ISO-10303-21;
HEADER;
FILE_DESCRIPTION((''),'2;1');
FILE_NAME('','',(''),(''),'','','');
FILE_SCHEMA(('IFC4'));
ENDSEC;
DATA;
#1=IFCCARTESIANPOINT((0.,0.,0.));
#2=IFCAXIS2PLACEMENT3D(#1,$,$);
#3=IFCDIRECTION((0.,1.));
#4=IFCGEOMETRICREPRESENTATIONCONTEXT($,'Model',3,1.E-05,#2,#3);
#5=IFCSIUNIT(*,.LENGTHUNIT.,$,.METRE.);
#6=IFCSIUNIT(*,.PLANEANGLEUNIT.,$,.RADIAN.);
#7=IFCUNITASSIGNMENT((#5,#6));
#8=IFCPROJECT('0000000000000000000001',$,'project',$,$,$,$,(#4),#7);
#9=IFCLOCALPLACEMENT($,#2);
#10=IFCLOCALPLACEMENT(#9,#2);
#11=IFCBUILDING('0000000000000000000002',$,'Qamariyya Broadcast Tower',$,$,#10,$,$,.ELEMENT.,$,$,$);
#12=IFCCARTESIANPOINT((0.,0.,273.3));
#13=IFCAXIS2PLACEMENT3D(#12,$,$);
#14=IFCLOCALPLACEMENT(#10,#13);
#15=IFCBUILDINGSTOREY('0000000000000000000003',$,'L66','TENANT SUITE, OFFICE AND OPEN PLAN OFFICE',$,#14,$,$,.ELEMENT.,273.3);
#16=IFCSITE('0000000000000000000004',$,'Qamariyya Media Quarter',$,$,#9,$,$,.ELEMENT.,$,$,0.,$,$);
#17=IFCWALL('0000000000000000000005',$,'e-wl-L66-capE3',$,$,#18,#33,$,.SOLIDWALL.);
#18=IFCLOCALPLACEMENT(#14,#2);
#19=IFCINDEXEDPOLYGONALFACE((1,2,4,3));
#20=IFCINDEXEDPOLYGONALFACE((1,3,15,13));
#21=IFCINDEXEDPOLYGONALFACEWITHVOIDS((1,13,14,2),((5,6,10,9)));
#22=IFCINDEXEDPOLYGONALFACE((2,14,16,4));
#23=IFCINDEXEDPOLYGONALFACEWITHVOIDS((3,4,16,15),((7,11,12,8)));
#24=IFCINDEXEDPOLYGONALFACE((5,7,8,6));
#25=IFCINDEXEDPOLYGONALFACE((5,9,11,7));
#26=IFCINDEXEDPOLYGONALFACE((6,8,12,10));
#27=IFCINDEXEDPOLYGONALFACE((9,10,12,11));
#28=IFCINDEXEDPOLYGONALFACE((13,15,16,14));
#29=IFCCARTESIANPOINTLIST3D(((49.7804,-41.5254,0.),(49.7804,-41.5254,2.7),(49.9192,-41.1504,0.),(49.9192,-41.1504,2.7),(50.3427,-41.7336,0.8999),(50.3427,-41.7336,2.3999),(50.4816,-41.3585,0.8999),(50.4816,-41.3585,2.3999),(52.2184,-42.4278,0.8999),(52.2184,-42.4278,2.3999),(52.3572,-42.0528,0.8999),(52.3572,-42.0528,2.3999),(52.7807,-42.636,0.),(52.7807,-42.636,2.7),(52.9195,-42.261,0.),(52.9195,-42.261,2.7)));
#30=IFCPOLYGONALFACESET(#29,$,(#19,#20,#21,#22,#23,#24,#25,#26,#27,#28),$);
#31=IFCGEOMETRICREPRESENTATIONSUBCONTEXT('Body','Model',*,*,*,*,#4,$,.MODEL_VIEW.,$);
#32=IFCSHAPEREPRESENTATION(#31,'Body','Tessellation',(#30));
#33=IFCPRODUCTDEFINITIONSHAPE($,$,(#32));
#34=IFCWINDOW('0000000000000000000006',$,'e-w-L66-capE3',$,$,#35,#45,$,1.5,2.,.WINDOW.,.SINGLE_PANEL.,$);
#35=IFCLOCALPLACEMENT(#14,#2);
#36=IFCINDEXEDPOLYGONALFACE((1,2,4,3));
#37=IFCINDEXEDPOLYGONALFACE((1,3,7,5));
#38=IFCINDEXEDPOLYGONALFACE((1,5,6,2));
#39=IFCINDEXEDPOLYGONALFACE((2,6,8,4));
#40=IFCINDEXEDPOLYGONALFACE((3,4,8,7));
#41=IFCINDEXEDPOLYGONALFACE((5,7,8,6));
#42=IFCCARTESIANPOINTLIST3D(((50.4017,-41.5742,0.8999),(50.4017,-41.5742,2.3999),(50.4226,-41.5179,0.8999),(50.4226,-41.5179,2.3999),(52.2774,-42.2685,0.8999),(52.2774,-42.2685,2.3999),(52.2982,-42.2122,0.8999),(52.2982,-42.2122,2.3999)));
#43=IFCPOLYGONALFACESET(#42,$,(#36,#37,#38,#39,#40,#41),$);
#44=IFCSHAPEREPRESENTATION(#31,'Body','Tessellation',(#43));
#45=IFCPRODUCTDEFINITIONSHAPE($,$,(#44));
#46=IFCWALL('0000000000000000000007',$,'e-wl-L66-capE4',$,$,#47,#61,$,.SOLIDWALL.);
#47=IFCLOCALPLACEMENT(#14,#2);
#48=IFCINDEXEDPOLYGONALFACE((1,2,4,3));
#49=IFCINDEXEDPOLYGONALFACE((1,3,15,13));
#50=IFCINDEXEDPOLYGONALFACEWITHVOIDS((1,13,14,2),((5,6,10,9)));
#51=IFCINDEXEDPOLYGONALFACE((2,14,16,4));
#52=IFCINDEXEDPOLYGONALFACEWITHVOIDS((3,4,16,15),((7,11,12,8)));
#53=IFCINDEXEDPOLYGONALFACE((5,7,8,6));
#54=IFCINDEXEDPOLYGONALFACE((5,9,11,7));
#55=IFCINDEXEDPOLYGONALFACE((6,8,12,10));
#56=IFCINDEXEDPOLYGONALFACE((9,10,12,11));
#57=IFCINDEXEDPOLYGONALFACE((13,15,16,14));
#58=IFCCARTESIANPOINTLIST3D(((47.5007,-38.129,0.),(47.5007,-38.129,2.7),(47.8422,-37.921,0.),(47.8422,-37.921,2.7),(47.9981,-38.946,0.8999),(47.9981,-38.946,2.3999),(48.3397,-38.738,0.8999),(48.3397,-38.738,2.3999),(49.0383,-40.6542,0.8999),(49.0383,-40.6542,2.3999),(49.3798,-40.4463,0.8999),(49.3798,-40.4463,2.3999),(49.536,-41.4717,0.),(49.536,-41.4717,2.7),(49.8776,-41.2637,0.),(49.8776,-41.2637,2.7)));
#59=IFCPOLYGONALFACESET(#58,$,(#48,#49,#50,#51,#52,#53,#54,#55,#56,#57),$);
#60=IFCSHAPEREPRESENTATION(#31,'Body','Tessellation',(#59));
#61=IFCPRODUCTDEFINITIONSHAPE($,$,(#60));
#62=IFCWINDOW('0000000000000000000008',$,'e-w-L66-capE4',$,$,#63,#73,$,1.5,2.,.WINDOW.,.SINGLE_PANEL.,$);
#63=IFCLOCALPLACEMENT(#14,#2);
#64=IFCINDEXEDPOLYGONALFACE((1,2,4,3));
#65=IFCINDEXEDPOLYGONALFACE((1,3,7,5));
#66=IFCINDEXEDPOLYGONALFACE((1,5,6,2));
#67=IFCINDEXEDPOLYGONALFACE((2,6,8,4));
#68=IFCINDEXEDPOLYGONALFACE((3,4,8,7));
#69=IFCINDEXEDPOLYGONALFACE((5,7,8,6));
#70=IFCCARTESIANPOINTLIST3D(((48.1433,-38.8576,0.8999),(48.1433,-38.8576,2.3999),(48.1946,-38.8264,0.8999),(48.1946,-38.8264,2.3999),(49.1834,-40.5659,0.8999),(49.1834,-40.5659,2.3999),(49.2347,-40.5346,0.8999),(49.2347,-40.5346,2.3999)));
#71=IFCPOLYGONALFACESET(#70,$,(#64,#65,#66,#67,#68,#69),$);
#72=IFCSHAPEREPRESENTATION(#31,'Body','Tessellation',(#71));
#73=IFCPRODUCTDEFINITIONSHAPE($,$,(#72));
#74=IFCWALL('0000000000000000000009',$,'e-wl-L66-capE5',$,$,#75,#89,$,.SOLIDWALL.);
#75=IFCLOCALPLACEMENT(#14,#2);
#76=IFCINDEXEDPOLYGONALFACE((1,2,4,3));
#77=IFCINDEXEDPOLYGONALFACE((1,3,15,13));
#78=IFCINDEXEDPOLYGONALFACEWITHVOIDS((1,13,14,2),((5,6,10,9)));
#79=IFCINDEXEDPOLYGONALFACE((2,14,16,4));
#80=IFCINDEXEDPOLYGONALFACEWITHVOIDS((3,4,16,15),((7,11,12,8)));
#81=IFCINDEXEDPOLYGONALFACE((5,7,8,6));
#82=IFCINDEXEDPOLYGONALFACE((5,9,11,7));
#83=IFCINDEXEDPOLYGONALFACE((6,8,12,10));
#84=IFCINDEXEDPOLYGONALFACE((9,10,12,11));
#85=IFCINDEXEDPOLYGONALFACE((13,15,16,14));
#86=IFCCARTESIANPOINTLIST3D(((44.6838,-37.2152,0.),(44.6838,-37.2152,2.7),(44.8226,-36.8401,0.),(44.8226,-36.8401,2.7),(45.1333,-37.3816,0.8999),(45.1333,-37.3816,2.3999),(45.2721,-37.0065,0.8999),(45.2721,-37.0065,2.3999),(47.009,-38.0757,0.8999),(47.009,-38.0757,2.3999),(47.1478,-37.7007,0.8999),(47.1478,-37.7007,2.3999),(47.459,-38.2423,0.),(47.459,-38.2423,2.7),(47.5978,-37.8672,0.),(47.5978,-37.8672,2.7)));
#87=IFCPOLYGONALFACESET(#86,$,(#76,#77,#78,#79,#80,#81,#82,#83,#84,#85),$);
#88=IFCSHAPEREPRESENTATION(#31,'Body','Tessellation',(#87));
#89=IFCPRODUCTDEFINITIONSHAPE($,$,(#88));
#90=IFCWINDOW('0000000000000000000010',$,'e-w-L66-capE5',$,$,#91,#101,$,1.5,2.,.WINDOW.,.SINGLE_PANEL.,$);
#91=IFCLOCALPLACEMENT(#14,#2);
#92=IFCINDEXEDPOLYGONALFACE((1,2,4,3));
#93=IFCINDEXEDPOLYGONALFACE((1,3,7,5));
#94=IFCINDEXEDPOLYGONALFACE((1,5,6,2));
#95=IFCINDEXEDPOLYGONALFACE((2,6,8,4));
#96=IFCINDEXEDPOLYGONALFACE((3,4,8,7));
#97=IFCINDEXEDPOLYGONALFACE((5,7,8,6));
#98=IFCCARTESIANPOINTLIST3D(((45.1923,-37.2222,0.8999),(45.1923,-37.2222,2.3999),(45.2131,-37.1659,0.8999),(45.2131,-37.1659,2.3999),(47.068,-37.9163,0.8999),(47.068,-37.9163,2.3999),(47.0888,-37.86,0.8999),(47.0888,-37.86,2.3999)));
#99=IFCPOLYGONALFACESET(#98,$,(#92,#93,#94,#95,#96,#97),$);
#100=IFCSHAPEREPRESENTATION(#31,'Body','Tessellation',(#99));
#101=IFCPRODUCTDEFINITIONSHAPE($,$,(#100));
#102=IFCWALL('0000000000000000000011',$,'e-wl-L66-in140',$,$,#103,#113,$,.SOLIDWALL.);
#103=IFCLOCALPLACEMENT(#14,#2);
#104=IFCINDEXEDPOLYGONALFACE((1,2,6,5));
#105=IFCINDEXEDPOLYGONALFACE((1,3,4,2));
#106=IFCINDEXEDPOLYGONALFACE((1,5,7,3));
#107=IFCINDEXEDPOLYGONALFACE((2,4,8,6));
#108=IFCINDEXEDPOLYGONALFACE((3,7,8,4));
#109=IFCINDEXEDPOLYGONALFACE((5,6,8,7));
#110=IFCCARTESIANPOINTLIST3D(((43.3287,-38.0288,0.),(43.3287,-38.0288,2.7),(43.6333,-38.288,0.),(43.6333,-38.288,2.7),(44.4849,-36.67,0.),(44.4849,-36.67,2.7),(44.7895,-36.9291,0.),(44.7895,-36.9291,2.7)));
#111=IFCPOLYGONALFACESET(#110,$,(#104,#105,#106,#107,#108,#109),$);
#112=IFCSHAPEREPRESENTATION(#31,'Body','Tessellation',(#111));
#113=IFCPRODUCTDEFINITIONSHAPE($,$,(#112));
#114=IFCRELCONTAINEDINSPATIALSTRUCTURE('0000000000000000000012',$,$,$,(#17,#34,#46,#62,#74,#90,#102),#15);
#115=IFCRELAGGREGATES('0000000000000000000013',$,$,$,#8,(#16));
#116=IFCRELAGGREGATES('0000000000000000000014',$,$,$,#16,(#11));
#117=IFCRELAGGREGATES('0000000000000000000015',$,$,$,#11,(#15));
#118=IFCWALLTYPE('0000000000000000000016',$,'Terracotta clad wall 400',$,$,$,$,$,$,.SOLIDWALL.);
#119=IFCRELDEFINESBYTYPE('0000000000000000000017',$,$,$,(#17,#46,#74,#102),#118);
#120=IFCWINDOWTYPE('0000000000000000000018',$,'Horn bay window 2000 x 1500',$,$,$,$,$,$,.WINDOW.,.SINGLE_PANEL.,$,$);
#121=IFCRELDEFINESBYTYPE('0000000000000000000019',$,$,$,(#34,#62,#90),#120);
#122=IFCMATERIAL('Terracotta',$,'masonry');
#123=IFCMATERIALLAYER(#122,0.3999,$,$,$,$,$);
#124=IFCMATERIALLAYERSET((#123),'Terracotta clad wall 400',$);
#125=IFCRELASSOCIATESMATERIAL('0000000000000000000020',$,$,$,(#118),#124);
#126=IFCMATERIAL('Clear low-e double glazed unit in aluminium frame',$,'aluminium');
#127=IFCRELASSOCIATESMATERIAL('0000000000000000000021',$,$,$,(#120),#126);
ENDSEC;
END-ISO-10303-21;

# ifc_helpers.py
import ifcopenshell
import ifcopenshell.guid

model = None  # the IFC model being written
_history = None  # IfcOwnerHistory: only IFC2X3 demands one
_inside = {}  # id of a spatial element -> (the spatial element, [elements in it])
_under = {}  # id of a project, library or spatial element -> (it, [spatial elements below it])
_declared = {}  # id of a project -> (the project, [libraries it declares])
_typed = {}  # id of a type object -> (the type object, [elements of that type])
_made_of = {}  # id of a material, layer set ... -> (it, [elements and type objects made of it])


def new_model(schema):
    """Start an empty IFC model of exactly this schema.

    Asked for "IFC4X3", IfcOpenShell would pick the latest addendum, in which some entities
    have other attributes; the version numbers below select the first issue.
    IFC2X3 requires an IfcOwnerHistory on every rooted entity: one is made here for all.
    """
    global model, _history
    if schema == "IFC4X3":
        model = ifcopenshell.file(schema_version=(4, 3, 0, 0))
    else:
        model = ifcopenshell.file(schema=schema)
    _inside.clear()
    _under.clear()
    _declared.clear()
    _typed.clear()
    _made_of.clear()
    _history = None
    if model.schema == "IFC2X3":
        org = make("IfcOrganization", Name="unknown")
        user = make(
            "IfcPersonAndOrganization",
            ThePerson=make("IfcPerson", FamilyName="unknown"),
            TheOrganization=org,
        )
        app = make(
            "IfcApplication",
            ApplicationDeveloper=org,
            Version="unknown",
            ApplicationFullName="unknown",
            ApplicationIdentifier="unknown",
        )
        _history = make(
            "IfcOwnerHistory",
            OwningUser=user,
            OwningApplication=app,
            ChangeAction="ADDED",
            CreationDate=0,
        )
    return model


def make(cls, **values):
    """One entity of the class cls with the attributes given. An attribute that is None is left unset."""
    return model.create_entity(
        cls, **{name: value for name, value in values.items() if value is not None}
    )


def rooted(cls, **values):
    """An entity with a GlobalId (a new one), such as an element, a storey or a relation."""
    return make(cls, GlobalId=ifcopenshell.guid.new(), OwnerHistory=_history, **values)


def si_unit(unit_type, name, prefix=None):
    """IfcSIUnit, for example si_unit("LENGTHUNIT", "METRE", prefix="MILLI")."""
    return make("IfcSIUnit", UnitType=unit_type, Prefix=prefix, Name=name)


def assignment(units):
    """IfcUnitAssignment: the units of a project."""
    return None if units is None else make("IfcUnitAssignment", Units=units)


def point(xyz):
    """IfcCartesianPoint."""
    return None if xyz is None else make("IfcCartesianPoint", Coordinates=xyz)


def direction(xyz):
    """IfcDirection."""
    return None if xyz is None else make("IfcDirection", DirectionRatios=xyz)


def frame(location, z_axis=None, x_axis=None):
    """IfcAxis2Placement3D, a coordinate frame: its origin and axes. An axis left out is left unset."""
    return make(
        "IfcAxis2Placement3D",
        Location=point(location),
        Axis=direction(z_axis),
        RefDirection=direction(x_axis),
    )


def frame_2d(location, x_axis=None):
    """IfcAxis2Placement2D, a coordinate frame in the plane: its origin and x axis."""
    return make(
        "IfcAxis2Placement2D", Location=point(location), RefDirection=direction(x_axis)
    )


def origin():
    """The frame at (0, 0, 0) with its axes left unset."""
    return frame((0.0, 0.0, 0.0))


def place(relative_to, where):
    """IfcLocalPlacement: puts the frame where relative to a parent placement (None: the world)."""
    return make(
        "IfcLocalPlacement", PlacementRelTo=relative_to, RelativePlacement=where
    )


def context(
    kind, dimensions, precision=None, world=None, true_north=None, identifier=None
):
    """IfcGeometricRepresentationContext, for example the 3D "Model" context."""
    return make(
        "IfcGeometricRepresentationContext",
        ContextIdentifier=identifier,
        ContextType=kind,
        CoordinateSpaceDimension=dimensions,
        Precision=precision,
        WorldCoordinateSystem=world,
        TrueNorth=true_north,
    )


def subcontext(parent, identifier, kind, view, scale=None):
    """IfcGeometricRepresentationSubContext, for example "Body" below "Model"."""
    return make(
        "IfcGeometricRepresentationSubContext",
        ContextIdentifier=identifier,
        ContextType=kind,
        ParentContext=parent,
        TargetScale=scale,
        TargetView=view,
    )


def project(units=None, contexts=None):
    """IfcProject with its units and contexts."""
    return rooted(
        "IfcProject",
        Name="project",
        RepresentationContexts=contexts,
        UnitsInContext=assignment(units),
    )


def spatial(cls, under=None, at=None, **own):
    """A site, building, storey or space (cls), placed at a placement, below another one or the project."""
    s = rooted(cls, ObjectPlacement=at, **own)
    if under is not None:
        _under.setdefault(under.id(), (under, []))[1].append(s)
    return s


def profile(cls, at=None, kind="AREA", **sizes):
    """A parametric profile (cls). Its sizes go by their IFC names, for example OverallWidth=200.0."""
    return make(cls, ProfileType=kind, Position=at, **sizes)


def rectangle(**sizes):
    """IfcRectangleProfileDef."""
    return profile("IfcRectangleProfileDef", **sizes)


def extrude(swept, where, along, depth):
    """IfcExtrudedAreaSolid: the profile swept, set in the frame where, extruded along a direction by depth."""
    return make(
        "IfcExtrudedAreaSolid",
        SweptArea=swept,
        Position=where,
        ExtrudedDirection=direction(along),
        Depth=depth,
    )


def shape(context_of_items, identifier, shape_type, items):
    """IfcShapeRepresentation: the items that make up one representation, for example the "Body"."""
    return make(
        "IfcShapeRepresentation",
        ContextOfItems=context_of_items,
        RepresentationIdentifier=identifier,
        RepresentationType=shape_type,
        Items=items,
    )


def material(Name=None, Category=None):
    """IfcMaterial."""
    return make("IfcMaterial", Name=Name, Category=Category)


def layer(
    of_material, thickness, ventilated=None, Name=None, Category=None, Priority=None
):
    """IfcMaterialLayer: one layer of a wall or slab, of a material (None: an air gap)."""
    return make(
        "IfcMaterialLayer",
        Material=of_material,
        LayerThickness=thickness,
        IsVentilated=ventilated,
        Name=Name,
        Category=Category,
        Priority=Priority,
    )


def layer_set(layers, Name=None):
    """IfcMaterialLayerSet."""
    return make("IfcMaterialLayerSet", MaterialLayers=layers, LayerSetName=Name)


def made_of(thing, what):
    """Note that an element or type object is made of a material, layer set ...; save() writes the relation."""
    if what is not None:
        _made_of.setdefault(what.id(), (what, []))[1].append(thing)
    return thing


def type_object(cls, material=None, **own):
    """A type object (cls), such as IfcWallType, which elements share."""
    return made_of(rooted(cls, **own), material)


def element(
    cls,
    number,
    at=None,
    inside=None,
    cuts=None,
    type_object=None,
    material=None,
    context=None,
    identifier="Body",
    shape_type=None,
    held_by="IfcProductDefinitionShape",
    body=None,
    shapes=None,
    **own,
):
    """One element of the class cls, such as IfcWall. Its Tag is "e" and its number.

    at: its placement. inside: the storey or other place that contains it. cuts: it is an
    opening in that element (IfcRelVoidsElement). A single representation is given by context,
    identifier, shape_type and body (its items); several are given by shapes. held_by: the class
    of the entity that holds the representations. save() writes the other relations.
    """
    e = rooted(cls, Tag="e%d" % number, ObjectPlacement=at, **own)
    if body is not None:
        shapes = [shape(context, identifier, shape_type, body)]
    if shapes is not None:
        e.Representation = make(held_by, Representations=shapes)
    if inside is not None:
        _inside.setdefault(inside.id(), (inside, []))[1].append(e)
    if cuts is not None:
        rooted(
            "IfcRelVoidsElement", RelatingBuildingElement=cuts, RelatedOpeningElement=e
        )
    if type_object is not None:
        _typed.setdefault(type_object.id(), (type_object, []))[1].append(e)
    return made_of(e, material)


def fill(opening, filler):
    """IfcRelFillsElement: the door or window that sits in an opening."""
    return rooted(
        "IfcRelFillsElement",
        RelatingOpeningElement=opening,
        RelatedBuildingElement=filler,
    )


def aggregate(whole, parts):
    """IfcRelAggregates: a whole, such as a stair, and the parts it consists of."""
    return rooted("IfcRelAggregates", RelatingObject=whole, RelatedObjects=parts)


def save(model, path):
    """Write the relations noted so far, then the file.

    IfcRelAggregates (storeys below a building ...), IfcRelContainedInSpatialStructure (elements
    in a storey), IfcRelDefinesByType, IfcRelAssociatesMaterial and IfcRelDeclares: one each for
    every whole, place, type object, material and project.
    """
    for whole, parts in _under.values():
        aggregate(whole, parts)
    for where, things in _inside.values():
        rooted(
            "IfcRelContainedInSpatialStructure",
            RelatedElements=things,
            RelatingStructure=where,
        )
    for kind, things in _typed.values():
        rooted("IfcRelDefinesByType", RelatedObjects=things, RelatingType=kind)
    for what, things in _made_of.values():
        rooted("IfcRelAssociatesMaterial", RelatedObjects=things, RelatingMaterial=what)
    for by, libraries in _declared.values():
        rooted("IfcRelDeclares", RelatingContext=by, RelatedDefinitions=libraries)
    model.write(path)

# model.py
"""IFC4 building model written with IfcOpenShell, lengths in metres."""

from ifc_helpers import new_model, si_unit, direction, frame, frame_2d, origin, place, context, subcontext, project, spatial, rectangle, extrude, material, layer, layer_set, type_object, element, fill, save


model = new_model("IFC4")

# Units and contexts
model_context = context("Model", 3, precision=1e-05, world=origin(), true_north=direction((0.0, 1.0)))
body_context = subcontext(model_context, "Body", "Model", "MODEL_VIEW")
ifc_project = project(units=[si_unit("LENGTHUNIT", "METRE"), si_unit("PLANEANGLEUNIT", "RADIAN")], contexts=[model_context])

# Site, building, storey
site_placement = place(None, origin())
site = spatial("IfcSite", under=ifc_project, at=site_placement, Name="Qamariyya Media Quarter", CompositionType="ELEMENT", RefElevation=0.0)
building_placement = place(site_placement, origin())
building = spatial("IfcBuilding", under=site, at=building_placement, Name="Qamariyya Broadcast Tower", CompositionType="ELEMENT")
storey_placement = place(building_placement, frame((0.0, 0.0, 273.3)))
storey = spatial("IfcBuildingStorey", under=building, at=storey_placement, Name="L66", Description="TENANT SUITE, OFFICE AND OPEN PLAN OFFICE", CompositionType="ELEMENT", Elevation=273.3)

# Walls, openings, windows
ifc_material_1 = material(Name="Terracotta", Category="masonry")
ifc_layer = layer(ifc_material_1, 0.3999)
ifc_layer_set = layer_set([ifc_layer], Name="Terracotta clad wall 400")
wall_type = type_object("IfcWallType", Name="Terracotta clad wall 400", PredefinedType="SOLIDWALL", material=ifc_layer_set)
ifc_material_2 = material(Name="Clear low-e double glazed unit in aluminium frame", Category="aluminium")
window_type = type_object("IfcWindowType", Name="Horn bay window 2000 x 1500", PartitioningType="SINGLE_PANEL", PredefinedType="WINDOW", material=ifc_material_2)
wall_1_placement = place(storey_placement, frame((52.8501, -42.4485, 0.0), z_axis=(0.0, 0.0, 1.0), x_axis=(-0.93781, 0.347148, 0.0)))
wall_1 = element("IfcWall", 1, at=wall_1_placement, inside=storey, type_object=wall_type, Name="e-wl-L66-capE3", PredefinedType="SOLIDWALL", context=body_context, shape_type="SweptSolid", body=[
    extrude(rectangle(XDim=3.1992, YDim=0.3999, at=frame_2d((1.5996, 0.0))), origin(), (0.0, 0.0, 1.0), 2.7),
])
opening_1_placement = place(wall_1_placement, frame((0.5996, 0.0, 0.8999)))
opening_1 = element("IfcOpeningElement", 2, at=opening_1_placement, cuts=wall_1, PredefinedType="OPENING", context=body_context, shape_type="SweptSolid", body=[
    extrude(rectangle(XDim=2.0, YDim=1.5, at=frame_2d((1.0, 0.75))), frame((0.0, 0.21, 0.0), z_axis=(0.0, -1.0, 0.0), x_axis=(1.0, 0.0, 0.0)), (0.0, 0.0, 1.0), 0.4199),
])
window_1_placement = place(opening_1_placement, origin())
window_1 = element("IfcWindow", 3, at=window_1_placement, inside=storey, type_object=window_type, Name="e-w-L66-capE3", OverallHeight=1.5, OverallWidth=2.0, PartitioningType="SINGLE_PANEL", PredefinedType="WINDOW", context=body_context, shape_type="SweptSolid", body=[
    extrude(rectangle(XDim=2.0, YDim=1.5, at=frame_2d((1.0, 0.75))), frame((0.0, 0.03, 0.0), z_axis=(0.0, -1.0, 0.0), x_axis=(1.0, 0.0, 0.0)), (0.0, 0.0, 1.0), 0.0601),
])
fill(opening_1, window_1)
wall_2_placement = place(storey_placement, frame((49.7068, -41.3677, 0.0), z_axis=(0.0, 0.0, 1.0), x_axis=(-0.520072, 0.854123, 0.0)))
wall_2 = element("IfcWall", 4, at=wall_2_placement, inside=storey, type_object=wall_type, Name="e-wl-L66-capE4", PredefinedType="SOLIDWALL", context=body_context, shape_type="SweptSolid", body=[
    extrude(rectangle(XDim=3.9136, YDim=0.3999, at=frame_2d((1.9568, 0.0))), origin(), (0.0, 0.0, 1.0), 2.7),
])
opening_2_placement = place(wall_2_placement, frame((0.957, 0.0, 0.8999)))
opening_2 = element("IfcOpeningElement", 5, at=opening_2_placement, cuts=wall_2, PredefinedType="OPENING", context=body_context, shape_type="SweptSolid", body=[
    extrude(rectangle(XDim=2.0, YDim=1.5, at=frame_2d((1.0, 0.75))), frame((0.0, 0.21, 0.0), z_axis=(0.0, -1.0, 0.0), x_axis=(1.0, 0.0, 0.0)), (0.0, 0.0, 1.0), 0.4199),
])
window_2_placement = place(opening_2_placement, origin())
window_2 = element("IfcWindow", 6, at=window_2_placement, inside=storey, type_object=window_type, Name="e-w-L66-capE4", OverallHeight=1.5, OverallWidth=2.0, PartitioningType="SINGLE_PANEL", PredefinedType="WINDOW", context=body_context, shape_type="SweptSolid", body=[
    extrude(rectangle(XDim=2.0, YDim=1.5, at=frame_2d((1.0, 0.75))), frame((0.0, 0.03, 0.0), z_axis=(0.0, -1.0, 0.0), x_axis=(1.0, 0.0, 0.0)), (0.0, 0.0, 1.0), 0.0601),
])
fill(opening_2, window_2)
wall_3_placement = place(storey_placement, frame((47.5283, -38.0547, 0.0), z_axis=(0.0, 0.0, 1.0), x_axis=(-0.937839, 0.34707, 0.0)))
wall_3 = element("IfcWall", 7, at=wall_3_placement, inside=storey, type_object=wall_type, Name="e-wl-L66-capE5", PredefinedType="SOLIDWALL", context=body_context, shape_type="SweptSolid", body=[
    extrude(rectangle(XDim=2.9592, YDim=0.3999, at=frame_2d((1.4795, 0.0))), origin(), (0.0, 0.0, 1.0), 2.7),
])
opening_3_placement = place(wall_3_placement, frame((0.4797, 0.0, 0.8999)))
opening_3 = element("IfcOpeningElement", 8, at=opening_3_placement, cuts=wall_3, PredefinedType="OPENING", context=body_context, shape_type="SweptSolid", body=[
    extrude(rectangle(XDim=2.0, YDim=1.5, at=frame_2d((1.0, 0.75))), frame((0.0, 0.21, 0.0), z_axis=(0.0, -1.0, 0.0), x_axis=(1.0, 0.0, 0.0)), (0.0, 0.0, 1.0), 0.4199),
])
window_3_placement = place(opening_3_placement, origin())
window_3 = element("IfcWindow", 9, at=window_3_placement, inside=storey, type_object=window_type, Name="e-w-L66-capE5", OverallHeight=1.5, OverallWidth=2.0, PartitioningType="SINGLE_PANEL", PredefinedType="WINDOW", context=body_context, shape_type="SweptSolid", body=[
    extrude(rectangle(XDim=2.0, YDim=1.5, at=frame_2d((1.0, 0.75))), frame((0.0, 0.03, 0.0), z_axis=(0.0, -1.0, 0.0), x_axis=(1.0, 0.0, 0.0)), (0.0, 0.0, 1.0), 0.0601),
])
fill(opening_3, window_3)

# Wall
wall_4_placement = place(storey_placement, frame((44.6372, -36.7996, 0.0), z_axis=(0.0, 0.0, 1.0), x_axis=(-0.648038, -0.761608, 0.0)))
element("IfcWall", 10, at=wall_4_placement, inside=storey, type_object=wall_type, Name="e-wl-L66-in140", PredefinedType="SOLIDWALL", context=body_context, shape_type="SweptSolid", body=[
    extrude(rectangle(XDim=1.7842, YDim=0.3999, at=frame_2d((0.8921, 0.0))), origin(), (0.0, 0.0, 1.0), 2.7),
])

save(model, "model.ifc")
